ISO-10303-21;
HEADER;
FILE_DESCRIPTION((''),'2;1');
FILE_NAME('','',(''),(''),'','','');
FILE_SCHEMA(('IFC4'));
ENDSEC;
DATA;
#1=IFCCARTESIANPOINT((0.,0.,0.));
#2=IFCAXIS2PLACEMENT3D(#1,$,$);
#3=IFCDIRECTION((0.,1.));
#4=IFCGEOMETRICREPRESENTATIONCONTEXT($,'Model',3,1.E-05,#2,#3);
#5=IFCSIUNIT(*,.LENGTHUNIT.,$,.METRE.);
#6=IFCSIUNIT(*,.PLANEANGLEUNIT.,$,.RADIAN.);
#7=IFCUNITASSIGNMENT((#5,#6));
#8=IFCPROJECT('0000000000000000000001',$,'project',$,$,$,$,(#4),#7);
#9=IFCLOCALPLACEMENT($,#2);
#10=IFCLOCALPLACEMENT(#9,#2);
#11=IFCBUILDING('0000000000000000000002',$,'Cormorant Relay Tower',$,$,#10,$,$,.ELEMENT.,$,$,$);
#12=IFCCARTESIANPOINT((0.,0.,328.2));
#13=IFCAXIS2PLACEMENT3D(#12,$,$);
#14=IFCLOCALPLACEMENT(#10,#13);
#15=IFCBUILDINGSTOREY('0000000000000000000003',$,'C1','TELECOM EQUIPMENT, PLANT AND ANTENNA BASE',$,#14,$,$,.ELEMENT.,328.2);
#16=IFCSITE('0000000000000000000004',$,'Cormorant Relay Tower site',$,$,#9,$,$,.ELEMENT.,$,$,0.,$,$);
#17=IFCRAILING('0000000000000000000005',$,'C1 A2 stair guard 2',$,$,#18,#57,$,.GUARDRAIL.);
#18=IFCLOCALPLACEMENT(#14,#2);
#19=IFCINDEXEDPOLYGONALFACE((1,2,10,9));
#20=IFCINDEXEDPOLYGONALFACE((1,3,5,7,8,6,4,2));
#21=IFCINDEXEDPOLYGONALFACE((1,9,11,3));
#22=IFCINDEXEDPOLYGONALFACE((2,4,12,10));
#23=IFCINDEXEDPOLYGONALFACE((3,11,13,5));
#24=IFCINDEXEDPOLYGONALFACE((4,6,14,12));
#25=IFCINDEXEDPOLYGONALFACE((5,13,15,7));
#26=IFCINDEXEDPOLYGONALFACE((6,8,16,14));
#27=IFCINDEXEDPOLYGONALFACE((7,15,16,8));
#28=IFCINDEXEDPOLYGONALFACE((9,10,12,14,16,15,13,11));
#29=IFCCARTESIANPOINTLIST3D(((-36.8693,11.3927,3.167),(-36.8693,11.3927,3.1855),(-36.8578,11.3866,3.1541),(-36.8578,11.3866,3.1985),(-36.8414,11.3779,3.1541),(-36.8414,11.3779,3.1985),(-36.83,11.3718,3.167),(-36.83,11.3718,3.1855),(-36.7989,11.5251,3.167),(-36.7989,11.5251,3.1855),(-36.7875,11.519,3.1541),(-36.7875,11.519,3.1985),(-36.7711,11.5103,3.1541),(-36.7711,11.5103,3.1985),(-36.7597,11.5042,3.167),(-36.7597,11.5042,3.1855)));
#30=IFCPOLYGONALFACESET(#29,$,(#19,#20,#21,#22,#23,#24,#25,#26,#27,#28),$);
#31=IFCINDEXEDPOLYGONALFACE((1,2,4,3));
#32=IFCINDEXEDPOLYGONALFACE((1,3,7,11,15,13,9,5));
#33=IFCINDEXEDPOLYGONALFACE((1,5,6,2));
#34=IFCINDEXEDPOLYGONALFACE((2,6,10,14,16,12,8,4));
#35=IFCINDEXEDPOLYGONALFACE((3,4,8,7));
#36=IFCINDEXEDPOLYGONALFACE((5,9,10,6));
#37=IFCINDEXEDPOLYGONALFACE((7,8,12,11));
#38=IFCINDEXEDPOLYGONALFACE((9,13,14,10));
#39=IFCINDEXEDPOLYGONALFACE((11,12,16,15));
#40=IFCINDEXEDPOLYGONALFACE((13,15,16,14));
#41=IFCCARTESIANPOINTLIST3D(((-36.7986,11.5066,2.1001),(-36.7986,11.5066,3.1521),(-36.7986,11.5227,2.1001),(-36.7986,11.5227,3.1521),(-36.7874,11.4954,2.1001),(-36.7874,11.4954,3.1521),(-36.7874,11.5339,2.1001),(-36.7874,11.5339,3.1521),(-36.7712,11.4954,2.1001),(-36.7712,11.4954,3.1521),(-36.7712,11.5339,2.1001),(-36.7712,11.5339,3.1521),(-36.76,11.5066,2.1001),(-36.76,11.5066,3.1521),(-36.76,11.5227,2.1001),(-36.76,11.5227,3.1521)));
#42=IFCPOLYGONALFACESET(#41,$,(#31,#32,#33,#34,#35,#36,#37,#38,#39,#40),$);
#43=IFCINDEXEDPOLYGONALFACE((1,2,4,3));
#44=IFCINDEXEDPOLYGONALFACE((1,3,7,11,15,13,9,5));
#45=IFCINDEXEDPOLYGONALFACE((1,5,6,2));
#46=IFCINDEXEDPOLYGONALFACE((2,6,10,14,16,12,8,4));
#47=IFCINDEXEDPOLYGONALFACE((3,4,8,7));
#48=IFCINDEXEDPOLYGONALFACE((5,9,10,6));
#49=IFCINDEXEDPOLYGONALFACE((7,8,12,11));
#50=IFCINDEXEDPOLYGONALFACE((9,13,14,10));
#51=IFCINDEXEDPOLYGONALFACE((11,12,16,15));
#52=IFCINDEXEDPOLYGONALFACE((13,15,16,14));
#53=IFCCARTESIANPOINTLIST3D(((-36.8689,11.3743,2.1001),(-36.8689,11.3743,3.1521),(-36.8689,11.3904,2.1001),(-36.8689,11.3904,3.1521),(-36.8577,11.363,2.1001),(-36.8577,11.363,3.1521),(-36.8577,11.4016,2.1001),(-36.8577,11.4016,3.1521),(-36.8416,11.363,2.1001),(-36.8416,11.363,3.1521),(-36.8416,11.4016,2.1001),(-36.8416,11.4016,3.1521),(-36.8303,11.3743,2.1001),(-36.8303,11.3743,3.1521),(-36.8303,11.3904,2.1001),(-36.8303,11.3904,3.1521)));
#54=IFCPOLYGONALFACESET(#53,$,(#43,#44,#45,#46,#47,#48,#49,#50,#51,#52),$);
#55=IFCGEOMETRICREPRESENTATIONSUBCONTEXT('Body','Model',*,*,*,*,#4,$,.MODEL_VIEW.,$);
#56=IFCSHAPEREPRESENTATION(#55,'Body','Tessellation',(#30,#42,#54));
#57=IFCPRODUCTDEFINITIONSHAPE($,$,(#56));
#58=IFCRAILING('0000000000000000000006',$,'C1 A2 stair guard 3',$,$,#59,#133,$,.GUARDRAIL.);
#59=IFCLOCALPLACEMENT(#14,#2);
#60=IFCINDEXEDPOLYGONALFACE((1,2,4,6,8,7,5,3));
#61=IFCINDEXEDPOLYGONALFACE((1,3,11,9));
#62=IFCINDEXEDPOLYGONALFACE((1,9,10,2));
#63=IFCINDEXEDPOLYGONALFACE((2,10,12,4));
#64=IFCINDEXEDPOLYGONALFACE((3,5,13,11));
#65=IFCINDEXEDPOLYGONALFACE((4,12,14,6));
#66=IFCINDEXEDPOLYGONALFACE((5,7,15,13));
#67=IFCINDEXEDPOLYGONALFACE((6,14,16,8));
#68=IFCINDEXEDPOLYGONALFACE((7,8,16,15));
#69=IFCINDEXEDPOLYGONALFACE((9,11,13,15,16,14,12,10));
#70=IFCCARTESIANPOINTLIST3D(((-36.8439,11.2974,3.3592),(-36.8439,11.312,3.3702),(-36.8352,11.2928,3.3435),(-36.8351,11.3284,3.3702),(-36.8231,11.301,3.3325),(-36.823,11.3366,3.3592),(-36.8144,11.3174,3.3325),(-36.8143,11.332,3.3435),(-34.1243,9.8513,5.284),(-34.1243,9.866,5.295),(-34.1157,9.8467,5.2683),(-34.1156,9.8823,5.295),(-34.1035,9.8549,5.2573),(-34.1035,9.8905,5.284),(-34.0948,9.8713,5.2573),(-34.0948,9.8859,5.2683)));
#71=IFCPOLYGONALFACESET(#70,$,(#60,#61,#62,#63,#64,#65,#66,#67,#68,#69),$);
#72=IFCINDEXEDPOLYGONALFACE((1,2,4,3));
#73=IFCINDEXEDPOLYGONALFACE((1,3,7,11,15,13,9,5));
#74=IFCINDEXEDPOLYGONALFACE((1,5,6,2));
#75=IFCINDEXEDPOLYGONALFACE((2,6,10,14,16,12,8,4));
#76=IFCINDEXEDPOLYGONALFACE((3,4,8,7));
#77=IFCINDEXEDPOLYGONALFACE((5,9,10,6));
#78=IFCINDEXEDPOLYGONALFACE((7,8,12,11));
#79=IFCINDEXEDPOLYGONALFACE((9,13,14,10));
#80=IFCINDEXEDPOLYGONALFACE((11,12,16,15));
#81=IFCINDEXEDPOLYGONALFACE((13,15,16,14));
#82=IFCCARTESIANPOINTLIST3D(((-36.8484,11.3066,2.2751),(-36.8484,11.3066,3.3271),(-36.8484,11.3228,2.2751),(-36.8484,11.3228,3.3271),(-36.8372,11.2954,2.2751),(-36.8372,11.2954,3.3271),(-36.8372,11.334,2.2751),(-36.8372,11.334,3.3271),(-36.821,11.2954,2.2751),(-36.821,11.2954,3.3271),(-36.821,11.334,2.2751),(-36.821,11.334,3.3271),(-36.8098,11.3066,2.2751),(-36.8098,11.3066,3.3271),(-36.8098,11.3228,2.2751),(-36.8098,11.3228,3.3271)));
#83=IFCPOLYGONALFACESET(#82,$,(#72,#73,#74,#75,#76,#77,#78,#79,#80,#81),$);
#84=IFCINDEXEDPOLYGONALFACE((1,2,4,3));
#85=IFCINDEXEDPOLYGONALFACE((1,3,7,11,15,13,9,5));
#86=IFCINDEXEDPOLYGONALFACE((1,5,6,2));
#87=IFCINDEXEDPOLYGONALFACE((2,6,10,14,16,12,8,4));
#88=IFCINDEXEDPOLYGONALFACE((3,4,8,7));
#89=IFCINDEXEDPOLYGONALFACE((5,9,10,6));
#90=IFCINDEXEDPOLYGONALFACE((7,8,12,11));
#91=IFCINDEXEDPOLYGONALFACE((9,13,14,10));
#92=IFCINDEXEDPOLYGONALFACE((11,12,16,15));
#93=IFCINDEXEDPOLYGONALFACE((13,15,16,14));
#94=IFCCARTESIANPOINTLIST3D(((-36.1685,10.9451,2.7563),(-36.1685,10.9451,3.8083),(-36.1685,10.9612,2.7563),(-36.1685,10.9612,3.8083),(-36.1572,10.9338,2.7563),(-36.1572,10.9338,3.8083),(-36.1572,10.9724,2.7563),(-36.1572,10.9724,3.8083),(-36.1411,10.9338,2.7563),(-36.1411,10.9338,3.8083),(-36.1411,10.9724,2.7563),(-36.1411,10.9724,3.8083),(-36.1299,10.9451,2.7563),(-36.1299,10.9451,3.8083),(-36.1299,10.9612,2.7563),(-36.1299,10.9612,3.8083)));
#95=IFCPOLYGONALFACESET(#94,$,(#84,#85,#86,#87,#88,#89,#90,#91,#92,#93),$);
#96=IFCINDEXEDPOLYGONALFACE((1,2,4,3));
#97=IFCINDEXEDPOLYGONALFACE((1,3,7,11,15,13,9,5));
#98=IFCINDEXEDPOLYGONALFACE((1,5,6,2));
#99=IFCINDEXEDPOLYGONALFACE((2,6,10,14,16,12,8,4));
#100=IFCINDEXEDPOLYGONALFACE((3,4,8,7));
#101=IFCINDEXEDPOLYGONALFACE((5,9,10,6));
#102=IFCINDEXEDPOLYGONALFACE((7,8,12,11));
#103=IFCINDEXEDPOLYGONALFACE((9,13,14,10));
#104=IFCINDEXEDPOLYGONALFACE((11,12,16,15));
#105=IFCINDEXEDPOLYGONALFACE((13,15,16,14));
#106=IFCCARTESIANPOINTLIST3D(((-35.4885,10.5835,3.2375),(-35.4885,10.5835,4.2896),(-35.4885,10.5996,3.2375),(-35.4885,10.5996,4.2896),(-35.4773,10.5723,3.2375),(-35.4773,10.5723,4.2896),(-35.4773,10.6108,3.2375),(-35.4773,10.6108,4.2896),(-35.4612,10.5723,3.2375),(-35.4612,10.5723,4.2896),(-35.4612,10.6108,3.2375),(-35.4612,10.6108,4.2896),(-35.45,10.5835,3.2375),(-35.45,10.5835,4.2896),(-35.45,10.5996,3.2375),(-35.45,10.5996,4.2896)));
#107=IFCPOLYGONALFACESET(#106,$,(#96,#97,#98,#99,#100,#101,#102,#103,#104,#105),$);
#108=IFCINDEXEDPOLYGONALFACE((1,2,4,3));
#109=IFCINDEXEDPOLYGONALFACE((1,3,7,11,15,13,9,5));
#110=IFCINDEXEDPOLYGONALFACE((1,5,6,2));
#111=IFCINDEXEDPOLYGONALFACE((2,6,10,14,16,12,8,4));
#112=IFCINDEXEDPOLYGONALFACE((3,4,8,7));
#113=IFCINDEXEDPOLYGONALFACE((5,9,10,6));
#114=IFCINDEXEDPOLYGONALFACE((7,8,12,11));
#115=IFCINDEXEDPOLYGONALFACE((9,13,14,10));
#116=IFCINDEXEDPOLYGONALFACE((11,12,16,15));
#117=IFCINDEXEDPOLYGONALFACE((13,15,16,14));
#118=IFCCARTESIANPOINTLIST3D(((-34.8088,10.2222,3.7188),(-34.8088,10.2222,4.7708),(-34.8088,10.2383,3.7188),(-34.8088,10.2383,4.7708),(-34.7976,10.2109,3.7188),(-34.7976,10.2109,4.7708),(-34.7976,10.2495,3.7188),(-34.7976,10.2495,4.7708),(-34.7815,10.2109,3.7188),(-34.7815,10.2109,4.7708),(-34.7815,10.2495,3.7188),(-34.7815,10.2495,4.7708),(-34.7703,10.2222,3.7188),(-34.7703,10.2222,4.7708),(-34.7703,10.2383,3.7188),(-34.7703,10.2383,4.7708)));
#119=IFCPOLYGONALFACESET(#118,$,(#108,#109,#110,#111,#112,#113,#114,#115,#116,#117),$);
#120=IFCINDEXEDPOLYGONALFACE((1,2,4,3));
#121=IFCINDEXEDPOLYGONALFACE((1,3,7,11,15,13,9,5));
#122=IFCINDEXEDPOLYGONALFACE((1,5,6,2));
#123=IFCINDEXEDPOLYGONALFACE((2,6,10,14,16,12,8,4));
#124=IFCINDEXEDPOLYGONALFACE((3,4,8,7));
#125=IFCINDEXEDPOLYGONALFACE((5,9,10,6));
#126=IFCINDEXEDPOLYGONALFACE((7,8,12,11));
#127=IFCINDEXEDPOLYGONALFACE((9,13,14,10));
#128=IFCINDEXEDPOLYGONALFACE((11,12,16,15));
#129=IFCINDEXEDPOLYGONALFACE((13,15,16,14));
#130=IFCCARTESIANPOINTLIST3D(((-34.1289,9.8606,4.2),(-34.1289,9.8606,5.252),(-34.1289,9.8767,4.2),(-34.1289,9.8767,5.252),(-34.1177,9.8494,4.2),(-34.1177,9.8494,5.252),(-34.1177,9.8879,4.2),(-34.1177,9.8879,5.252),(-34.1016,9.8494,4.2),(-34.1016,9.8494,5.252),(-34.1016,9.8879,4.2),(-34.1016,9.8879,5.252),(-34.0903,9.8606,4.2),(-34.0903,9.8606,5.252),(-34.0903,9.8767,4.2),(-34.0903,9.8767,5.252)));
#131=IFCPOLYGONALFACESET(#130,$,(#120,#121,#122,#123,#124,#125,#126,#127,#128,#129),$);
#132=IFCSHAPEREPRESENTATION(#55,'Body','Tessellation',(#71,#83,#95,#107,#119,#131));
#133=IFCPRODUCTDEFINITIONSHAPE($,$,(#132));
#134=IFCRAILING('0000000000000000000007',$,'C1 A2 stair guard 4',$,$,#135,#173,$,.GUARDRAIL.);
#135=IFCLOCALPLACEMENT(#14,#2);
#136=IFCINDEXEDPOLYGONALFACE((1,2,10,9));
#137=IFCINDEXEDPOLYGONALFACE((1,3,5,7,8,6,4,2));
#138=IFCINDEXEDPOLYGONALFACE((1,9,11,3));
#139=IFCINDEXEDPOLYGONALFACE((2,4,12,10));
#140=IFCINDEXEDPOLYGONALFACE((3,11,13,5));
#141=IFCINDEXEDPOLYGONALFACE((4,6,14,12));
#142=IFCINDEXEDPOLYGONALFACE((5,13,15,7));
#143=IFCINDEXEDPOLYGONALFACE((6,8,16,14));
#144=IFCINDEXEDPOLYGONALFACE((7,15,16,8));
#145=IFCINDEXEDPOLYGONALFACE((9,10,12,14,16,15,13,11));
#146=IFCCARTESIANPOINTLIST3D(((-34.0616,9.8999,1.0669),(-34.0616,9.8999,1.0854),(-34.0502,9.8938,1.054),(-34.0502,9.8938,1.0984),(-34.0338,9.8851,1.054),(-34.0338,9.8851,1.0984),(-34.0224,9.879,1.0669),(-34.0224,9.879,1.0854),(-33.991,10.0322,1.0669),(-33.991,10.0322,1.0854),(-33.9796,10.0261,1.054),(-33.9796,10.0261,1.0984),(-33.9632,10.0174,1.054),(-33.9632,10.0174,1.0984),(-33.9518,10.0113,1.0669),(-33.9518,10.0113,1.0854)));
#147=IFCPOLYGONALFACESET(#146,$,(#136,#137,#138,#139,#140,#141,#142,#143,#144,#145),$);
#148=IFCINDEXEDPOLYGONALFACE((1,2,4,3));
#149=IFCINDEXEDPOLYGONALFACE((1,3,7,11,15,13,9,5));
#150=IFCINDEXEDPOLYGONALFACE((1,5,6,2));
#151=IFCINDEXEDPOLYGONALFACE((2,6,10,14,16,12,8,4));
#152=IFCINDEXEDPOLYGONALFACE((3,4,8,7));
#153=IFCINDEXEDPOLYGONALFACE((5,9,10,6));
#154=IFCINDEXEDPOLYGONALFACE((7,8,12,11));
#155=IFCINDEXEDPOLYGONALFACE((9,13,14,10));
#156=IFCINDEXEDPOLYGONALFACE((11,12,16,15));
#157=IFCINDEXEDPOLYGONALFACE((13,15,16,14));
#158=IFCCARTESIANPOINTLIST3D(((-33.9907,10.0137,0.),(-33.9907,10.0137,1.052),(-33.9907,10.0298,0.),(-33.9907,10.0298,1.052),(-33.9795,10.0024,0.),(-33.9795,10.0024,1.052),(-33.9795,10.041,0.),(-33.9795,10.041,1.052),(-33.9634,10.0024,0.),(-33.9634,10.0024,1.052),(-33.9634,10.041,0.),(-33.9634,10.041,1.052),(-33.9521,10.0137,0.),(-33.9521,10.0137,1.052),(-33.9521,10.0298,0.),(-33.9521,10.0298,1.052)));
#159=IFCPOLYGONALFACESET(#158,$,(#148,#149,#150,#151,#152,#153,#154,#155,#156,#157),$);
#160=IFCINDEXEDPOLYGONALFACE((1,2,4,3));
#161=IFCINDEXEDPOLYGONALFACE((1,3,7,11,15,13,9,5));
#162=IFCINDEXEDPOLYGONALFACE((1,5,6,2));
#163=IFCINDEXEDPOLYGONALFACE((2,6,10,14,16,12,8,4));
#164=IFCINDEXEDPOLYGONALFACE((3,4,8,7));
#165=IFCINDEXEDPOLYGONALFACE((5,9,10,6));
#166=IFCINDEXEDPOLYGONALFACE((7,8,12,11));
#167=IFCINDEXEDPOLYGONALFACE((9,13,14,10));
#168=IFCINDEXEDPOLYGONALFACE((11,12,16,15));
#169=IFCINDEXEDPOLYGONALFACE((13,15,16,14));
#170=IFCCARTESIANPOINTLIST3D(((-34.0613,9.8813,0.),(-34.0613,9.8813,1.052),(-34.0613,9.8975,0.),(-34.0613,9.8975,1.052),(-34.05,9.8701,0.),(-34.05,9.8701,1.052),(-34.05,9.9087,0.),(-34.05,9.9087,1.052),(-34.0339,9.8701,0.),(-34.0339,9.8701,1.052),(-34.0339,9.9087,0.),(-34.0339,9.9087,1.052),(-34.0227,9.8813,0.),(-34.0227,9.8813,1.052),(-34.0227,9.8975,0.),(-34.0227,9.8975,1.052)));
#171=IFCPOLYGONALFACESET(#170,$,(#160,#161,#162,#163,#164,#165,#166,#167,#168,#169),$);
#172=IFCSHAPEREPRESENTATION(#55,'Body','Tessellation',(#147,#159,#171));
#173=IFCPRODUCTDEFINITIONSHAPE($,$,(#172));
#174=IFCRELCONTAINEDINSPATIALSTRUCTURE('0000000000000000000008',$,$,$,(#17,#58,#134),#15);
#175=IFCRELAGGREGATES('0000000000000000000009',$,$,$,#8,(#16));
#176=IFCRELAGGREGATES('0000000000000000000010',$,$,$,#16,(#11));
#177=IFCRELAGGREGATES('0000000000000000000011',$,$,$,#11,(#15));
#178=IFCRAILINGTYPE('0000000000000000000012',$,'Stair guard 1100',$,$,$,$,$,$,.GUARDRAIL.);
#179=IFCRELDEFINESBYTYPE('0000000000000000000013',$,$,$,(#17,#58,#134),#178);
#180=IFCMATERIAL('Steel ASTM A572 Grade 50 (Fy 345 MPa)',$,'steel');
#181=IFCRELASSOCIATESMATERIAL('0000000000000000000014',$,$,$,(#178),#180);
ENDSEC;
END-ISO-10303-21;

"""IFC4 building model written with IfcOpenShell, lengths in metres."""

from ifc_helpers import new_model, si_unit, direction, frame, origin, place, context, subcontext, project, spatial, polyline, outline, extrude, material, type_object, element, save


model = new_model("IFC4")

# Units and contexts
model_context = context("Model", 3, precision=1e-05, world=origin(), true_north=direction((0.0, 1.0)))
body_context = subcontext(model_context, "Body", "Model", "MODEL_VIEW")
ifc_project = project(units=[si_unit("LENGTHUNIT", "METRE"), si_unit("PLANEANGLEUNIT", "RADIAN")], contexts=[model_context])

# Site, building, storey
site_placement = place(None, origin())
site = spatial("IfcSite", under=ifc_project, at=site_placement, Name="Cormorant Relay Tower site", CompositionType="ELEMENT", RefElevation=0.0)
building_placement = place(site_placement, origin())
building = spatial("IfcBuilding", under=site, at=building_placement, Name="Cormorant Relay Tower", CompositionType="ELEMENT")
storey_placement = place(building_placement, frame((0.0, 0.0, 328.2)))
storey = spatial("IfcBuildingStorey", under=building, at=storey_placement, Name="C1", Description="TELECOM EQUIPMENT, PLANT AND ANTENNA BASE", CompositionType="ELEMENT", Elevation=328.2)

# Railings
ifc_material_1 = material(Name="Steel ASTM A572 Grade 50 (Fy 345 MPa)", Category="steel")
railing_type_1 = type_object("IfcRailingType", Name="Stair guard 1100", PredefinedType="GUARDRAIL", material=ifc_material_1)
railing_1_placement = place(storey_placement, frame((-36.7793, 11.5146, 2.1001)))
element("IfcRailing", 1, at=railing_1_placement, inside=storey, type_object=railing_type_1, Name="C1 A2 stair guard 2", PredefinedType="GUARDRAIL", context=body_context, shape_type="SweptSolid", body=[
    extrude(outline(polyline([(0.0222, 0.0093), (0.0093, 0.0222), (-0.0093, 0.0222), (-0.0222, 0.0093), (-0.0222, -0.0093), (-0.0093, -0.0222), (0.0093, -0.0222), (0.0222, -0.0093), (0.0222, 0.0093)])), frame((0.0, 0.0, 1.0762), z_axis=(-0.469235, -0.883074, 0.0), x_axis=(0.883074, -0.469235, 0.0)), (0.0, 0.0, 1.0), 0.1499),
    extrude(outline(polyline([(0.0193, 0.0081), (0.0081, 0.0193), (-0.0081, 0.0193), (-0.0193, 0.0081), (-0.0193, -0.0081), (-0.0081, -0.0193), (0.0081, -0.0193), (0.0193, -0.0081), (0.0193, 0.0081)])), origin(), (0.0, 0.0, 1.0), 1.052),
    extrude(outline(polyline([(0.0193, 0.0081), (0.0081, 0.0193), (-0.0081, 0.0193), (-0.0193, 0.0081), (-0.0193, -0.0081), (-0.0081, -0.0193), (0.0081, -0.0193), (0.0193, -0.0081), (0.0193, 0.0081)])), frame((-0.0703, -0.1323, 0.0)), (0.0, 0.0, 1.0), 1.052),
])
railing_2_placement = place(storey_placement, frame((-36.8291, 11.3147, 2.2751)))
element("IfcRailing", 2, at=railing_2_placement, inside=storey, type_object=railing_type_1, Name="C1 A2 stair guard 3", PredefinedType="GUARDRAIL", context=body_context, shape_type="SweptSolid", body=[
    extrude(outline(polyline([(0.0222, 0.0093), (0.0093, 0.0222), (-0.0093, 0.0222), (-0.0222, 0.0093), (-0.0222, -0.0093), (-0.0093, -0.0222), (0.0093, -0.0222), (0.0222, -0.0093), (0.0222, 0.0093)])), frame((0.0, 0.0, 1.0762), z_axis=(0.748754, -0.398139, 0.529956), x_axis=(0.469489, 0.882938, 0.0)), (0.0, 0.0, 1.0), 3.6321),
    extrude(outline(polyline([(0.0193, 0.0081), (0.0081, 0.0193), (-0.0081, 0.0193), (-0.0193, 0.0081), (-0.0193, -0.0081), (-0.0081, -0.0193), (0.0081, -0.0193), (0.0193, -0.0081), (0.0193, 0.0081)])), origin(), (0.0, 0.0, 1.0), 1.052),
    extrude(outline(polyline([(0.0193, 0.0081), (0.0081, 0.0193), (-0.0081, 0.0193), (-0.0193, 0.0081), (-0.0193, -0.0081), (-0.0081, -0.0193), (0.0081, -0.0193), (0.0193, -0.0081), (0.0193, 0.0081)])), frame((0.6799, -0.3616, 0.4812)), (0.0, 0.0, 1.0), 1.052),
    extrude(outline(polyline([(0.0193, 0.0081), (0.0081, 0.0193), (-0.0081, 0.0193), (-0.0193, 0.0081), (-0.0193, -0.0081), (-0.0081, -0.0193), (0.0081, -0.0193), (0.0193, -0.0081), (0.0193, 0.0081)])), frame((1.3599, -0.7231, 0.9624)), (0.0, 0.0, 1.0), 1.052),
    extrude(outline(polyline([(0.0193, 0.0081), (0.0081, 0.0193), (-0.0081, 0.0193), (-0.0193, 0.0081), (-0.0193, -0.0081), (-0.0081, -0.0193), (0.0081, -0.0193), (0.0193, -0.0081), (0.0193, 0.0081)])), frame((2.0396, -1.0845, 1.4436)), (0.0, 0.0, 1.0), 1.052),
    extrude(outline(polyline([(0.0193, 0.0081), (0.0081, 0.0193), (-0.0081, 0.0193), (-0.0193, 0.0081), (-0.0193, -0.0081), (-0.0081, -0.0193), (0.0081, -0.0193), (0.0193, -0.0081), (0.0193, 0.0081)])), frame((2.7195, -1.446, 1.9248)), (0.0, 0.0, 1.0), 1.052),
])
railing_3_placement = place(storey_placement, frame((-33.9714, 10.0217, 0.0)))
element("IfcRailing", 3, at=railing_3_placement, inside=storey, type_object=railing_type_1, Name="C1 A2 stair guard 4", PredefinedType="GUARDRAIL", context=body_context, shape_type="SweptSolid", body=[
    extrude(outline(polyline([(0.0222, 0.0093), (0.0093, 0.0222), (-0.0093, 0.0222), (-0.0222, 0.0093), (-0.0222, -0.0093), (-0.0093, -0.0222), (0.0093, -0.0222), (0.0222, -0.0093), (0.0222, 0.0093)])), frame((0.0, 0.0, 1.0762), z_axis=(-0.470504, -0.882398, 0.0), x_axis=(0.882398, -0.470504, 0.0)), (0.0, 0.0, 1.0), 0.1499),
    extrude(outline(polyline([(0.0193, 0.0081), (0.0081, 0.0193), (-0.0081, 0.0193), (-0.0193, 0.0081), (-0.0193, -0.0081), (-0.0081, -0.0193), (0.0081, -0.0193), (0.0193, -0.0081), (0.0193, 0.0081)])), origin(), (0.0, 0.0, 1.0), 1.052),
    extrude(outline(polyline([(0.0193, 0.0081), (0.0081, 0.0193), (-0.0081, 0.0193), (-0.0193, 0.0081), (-0.0193, -0.0081), (-0.0081, -0.0193), (0.0081, -0.0193), (0.0193, -0.0081), (0.0193, 0.0081)])), frame((-0.0706, -0.1323, 0.0)), (0.0, 0.0, 1.0), 1.052),
])

save(model, "model.ifc")
